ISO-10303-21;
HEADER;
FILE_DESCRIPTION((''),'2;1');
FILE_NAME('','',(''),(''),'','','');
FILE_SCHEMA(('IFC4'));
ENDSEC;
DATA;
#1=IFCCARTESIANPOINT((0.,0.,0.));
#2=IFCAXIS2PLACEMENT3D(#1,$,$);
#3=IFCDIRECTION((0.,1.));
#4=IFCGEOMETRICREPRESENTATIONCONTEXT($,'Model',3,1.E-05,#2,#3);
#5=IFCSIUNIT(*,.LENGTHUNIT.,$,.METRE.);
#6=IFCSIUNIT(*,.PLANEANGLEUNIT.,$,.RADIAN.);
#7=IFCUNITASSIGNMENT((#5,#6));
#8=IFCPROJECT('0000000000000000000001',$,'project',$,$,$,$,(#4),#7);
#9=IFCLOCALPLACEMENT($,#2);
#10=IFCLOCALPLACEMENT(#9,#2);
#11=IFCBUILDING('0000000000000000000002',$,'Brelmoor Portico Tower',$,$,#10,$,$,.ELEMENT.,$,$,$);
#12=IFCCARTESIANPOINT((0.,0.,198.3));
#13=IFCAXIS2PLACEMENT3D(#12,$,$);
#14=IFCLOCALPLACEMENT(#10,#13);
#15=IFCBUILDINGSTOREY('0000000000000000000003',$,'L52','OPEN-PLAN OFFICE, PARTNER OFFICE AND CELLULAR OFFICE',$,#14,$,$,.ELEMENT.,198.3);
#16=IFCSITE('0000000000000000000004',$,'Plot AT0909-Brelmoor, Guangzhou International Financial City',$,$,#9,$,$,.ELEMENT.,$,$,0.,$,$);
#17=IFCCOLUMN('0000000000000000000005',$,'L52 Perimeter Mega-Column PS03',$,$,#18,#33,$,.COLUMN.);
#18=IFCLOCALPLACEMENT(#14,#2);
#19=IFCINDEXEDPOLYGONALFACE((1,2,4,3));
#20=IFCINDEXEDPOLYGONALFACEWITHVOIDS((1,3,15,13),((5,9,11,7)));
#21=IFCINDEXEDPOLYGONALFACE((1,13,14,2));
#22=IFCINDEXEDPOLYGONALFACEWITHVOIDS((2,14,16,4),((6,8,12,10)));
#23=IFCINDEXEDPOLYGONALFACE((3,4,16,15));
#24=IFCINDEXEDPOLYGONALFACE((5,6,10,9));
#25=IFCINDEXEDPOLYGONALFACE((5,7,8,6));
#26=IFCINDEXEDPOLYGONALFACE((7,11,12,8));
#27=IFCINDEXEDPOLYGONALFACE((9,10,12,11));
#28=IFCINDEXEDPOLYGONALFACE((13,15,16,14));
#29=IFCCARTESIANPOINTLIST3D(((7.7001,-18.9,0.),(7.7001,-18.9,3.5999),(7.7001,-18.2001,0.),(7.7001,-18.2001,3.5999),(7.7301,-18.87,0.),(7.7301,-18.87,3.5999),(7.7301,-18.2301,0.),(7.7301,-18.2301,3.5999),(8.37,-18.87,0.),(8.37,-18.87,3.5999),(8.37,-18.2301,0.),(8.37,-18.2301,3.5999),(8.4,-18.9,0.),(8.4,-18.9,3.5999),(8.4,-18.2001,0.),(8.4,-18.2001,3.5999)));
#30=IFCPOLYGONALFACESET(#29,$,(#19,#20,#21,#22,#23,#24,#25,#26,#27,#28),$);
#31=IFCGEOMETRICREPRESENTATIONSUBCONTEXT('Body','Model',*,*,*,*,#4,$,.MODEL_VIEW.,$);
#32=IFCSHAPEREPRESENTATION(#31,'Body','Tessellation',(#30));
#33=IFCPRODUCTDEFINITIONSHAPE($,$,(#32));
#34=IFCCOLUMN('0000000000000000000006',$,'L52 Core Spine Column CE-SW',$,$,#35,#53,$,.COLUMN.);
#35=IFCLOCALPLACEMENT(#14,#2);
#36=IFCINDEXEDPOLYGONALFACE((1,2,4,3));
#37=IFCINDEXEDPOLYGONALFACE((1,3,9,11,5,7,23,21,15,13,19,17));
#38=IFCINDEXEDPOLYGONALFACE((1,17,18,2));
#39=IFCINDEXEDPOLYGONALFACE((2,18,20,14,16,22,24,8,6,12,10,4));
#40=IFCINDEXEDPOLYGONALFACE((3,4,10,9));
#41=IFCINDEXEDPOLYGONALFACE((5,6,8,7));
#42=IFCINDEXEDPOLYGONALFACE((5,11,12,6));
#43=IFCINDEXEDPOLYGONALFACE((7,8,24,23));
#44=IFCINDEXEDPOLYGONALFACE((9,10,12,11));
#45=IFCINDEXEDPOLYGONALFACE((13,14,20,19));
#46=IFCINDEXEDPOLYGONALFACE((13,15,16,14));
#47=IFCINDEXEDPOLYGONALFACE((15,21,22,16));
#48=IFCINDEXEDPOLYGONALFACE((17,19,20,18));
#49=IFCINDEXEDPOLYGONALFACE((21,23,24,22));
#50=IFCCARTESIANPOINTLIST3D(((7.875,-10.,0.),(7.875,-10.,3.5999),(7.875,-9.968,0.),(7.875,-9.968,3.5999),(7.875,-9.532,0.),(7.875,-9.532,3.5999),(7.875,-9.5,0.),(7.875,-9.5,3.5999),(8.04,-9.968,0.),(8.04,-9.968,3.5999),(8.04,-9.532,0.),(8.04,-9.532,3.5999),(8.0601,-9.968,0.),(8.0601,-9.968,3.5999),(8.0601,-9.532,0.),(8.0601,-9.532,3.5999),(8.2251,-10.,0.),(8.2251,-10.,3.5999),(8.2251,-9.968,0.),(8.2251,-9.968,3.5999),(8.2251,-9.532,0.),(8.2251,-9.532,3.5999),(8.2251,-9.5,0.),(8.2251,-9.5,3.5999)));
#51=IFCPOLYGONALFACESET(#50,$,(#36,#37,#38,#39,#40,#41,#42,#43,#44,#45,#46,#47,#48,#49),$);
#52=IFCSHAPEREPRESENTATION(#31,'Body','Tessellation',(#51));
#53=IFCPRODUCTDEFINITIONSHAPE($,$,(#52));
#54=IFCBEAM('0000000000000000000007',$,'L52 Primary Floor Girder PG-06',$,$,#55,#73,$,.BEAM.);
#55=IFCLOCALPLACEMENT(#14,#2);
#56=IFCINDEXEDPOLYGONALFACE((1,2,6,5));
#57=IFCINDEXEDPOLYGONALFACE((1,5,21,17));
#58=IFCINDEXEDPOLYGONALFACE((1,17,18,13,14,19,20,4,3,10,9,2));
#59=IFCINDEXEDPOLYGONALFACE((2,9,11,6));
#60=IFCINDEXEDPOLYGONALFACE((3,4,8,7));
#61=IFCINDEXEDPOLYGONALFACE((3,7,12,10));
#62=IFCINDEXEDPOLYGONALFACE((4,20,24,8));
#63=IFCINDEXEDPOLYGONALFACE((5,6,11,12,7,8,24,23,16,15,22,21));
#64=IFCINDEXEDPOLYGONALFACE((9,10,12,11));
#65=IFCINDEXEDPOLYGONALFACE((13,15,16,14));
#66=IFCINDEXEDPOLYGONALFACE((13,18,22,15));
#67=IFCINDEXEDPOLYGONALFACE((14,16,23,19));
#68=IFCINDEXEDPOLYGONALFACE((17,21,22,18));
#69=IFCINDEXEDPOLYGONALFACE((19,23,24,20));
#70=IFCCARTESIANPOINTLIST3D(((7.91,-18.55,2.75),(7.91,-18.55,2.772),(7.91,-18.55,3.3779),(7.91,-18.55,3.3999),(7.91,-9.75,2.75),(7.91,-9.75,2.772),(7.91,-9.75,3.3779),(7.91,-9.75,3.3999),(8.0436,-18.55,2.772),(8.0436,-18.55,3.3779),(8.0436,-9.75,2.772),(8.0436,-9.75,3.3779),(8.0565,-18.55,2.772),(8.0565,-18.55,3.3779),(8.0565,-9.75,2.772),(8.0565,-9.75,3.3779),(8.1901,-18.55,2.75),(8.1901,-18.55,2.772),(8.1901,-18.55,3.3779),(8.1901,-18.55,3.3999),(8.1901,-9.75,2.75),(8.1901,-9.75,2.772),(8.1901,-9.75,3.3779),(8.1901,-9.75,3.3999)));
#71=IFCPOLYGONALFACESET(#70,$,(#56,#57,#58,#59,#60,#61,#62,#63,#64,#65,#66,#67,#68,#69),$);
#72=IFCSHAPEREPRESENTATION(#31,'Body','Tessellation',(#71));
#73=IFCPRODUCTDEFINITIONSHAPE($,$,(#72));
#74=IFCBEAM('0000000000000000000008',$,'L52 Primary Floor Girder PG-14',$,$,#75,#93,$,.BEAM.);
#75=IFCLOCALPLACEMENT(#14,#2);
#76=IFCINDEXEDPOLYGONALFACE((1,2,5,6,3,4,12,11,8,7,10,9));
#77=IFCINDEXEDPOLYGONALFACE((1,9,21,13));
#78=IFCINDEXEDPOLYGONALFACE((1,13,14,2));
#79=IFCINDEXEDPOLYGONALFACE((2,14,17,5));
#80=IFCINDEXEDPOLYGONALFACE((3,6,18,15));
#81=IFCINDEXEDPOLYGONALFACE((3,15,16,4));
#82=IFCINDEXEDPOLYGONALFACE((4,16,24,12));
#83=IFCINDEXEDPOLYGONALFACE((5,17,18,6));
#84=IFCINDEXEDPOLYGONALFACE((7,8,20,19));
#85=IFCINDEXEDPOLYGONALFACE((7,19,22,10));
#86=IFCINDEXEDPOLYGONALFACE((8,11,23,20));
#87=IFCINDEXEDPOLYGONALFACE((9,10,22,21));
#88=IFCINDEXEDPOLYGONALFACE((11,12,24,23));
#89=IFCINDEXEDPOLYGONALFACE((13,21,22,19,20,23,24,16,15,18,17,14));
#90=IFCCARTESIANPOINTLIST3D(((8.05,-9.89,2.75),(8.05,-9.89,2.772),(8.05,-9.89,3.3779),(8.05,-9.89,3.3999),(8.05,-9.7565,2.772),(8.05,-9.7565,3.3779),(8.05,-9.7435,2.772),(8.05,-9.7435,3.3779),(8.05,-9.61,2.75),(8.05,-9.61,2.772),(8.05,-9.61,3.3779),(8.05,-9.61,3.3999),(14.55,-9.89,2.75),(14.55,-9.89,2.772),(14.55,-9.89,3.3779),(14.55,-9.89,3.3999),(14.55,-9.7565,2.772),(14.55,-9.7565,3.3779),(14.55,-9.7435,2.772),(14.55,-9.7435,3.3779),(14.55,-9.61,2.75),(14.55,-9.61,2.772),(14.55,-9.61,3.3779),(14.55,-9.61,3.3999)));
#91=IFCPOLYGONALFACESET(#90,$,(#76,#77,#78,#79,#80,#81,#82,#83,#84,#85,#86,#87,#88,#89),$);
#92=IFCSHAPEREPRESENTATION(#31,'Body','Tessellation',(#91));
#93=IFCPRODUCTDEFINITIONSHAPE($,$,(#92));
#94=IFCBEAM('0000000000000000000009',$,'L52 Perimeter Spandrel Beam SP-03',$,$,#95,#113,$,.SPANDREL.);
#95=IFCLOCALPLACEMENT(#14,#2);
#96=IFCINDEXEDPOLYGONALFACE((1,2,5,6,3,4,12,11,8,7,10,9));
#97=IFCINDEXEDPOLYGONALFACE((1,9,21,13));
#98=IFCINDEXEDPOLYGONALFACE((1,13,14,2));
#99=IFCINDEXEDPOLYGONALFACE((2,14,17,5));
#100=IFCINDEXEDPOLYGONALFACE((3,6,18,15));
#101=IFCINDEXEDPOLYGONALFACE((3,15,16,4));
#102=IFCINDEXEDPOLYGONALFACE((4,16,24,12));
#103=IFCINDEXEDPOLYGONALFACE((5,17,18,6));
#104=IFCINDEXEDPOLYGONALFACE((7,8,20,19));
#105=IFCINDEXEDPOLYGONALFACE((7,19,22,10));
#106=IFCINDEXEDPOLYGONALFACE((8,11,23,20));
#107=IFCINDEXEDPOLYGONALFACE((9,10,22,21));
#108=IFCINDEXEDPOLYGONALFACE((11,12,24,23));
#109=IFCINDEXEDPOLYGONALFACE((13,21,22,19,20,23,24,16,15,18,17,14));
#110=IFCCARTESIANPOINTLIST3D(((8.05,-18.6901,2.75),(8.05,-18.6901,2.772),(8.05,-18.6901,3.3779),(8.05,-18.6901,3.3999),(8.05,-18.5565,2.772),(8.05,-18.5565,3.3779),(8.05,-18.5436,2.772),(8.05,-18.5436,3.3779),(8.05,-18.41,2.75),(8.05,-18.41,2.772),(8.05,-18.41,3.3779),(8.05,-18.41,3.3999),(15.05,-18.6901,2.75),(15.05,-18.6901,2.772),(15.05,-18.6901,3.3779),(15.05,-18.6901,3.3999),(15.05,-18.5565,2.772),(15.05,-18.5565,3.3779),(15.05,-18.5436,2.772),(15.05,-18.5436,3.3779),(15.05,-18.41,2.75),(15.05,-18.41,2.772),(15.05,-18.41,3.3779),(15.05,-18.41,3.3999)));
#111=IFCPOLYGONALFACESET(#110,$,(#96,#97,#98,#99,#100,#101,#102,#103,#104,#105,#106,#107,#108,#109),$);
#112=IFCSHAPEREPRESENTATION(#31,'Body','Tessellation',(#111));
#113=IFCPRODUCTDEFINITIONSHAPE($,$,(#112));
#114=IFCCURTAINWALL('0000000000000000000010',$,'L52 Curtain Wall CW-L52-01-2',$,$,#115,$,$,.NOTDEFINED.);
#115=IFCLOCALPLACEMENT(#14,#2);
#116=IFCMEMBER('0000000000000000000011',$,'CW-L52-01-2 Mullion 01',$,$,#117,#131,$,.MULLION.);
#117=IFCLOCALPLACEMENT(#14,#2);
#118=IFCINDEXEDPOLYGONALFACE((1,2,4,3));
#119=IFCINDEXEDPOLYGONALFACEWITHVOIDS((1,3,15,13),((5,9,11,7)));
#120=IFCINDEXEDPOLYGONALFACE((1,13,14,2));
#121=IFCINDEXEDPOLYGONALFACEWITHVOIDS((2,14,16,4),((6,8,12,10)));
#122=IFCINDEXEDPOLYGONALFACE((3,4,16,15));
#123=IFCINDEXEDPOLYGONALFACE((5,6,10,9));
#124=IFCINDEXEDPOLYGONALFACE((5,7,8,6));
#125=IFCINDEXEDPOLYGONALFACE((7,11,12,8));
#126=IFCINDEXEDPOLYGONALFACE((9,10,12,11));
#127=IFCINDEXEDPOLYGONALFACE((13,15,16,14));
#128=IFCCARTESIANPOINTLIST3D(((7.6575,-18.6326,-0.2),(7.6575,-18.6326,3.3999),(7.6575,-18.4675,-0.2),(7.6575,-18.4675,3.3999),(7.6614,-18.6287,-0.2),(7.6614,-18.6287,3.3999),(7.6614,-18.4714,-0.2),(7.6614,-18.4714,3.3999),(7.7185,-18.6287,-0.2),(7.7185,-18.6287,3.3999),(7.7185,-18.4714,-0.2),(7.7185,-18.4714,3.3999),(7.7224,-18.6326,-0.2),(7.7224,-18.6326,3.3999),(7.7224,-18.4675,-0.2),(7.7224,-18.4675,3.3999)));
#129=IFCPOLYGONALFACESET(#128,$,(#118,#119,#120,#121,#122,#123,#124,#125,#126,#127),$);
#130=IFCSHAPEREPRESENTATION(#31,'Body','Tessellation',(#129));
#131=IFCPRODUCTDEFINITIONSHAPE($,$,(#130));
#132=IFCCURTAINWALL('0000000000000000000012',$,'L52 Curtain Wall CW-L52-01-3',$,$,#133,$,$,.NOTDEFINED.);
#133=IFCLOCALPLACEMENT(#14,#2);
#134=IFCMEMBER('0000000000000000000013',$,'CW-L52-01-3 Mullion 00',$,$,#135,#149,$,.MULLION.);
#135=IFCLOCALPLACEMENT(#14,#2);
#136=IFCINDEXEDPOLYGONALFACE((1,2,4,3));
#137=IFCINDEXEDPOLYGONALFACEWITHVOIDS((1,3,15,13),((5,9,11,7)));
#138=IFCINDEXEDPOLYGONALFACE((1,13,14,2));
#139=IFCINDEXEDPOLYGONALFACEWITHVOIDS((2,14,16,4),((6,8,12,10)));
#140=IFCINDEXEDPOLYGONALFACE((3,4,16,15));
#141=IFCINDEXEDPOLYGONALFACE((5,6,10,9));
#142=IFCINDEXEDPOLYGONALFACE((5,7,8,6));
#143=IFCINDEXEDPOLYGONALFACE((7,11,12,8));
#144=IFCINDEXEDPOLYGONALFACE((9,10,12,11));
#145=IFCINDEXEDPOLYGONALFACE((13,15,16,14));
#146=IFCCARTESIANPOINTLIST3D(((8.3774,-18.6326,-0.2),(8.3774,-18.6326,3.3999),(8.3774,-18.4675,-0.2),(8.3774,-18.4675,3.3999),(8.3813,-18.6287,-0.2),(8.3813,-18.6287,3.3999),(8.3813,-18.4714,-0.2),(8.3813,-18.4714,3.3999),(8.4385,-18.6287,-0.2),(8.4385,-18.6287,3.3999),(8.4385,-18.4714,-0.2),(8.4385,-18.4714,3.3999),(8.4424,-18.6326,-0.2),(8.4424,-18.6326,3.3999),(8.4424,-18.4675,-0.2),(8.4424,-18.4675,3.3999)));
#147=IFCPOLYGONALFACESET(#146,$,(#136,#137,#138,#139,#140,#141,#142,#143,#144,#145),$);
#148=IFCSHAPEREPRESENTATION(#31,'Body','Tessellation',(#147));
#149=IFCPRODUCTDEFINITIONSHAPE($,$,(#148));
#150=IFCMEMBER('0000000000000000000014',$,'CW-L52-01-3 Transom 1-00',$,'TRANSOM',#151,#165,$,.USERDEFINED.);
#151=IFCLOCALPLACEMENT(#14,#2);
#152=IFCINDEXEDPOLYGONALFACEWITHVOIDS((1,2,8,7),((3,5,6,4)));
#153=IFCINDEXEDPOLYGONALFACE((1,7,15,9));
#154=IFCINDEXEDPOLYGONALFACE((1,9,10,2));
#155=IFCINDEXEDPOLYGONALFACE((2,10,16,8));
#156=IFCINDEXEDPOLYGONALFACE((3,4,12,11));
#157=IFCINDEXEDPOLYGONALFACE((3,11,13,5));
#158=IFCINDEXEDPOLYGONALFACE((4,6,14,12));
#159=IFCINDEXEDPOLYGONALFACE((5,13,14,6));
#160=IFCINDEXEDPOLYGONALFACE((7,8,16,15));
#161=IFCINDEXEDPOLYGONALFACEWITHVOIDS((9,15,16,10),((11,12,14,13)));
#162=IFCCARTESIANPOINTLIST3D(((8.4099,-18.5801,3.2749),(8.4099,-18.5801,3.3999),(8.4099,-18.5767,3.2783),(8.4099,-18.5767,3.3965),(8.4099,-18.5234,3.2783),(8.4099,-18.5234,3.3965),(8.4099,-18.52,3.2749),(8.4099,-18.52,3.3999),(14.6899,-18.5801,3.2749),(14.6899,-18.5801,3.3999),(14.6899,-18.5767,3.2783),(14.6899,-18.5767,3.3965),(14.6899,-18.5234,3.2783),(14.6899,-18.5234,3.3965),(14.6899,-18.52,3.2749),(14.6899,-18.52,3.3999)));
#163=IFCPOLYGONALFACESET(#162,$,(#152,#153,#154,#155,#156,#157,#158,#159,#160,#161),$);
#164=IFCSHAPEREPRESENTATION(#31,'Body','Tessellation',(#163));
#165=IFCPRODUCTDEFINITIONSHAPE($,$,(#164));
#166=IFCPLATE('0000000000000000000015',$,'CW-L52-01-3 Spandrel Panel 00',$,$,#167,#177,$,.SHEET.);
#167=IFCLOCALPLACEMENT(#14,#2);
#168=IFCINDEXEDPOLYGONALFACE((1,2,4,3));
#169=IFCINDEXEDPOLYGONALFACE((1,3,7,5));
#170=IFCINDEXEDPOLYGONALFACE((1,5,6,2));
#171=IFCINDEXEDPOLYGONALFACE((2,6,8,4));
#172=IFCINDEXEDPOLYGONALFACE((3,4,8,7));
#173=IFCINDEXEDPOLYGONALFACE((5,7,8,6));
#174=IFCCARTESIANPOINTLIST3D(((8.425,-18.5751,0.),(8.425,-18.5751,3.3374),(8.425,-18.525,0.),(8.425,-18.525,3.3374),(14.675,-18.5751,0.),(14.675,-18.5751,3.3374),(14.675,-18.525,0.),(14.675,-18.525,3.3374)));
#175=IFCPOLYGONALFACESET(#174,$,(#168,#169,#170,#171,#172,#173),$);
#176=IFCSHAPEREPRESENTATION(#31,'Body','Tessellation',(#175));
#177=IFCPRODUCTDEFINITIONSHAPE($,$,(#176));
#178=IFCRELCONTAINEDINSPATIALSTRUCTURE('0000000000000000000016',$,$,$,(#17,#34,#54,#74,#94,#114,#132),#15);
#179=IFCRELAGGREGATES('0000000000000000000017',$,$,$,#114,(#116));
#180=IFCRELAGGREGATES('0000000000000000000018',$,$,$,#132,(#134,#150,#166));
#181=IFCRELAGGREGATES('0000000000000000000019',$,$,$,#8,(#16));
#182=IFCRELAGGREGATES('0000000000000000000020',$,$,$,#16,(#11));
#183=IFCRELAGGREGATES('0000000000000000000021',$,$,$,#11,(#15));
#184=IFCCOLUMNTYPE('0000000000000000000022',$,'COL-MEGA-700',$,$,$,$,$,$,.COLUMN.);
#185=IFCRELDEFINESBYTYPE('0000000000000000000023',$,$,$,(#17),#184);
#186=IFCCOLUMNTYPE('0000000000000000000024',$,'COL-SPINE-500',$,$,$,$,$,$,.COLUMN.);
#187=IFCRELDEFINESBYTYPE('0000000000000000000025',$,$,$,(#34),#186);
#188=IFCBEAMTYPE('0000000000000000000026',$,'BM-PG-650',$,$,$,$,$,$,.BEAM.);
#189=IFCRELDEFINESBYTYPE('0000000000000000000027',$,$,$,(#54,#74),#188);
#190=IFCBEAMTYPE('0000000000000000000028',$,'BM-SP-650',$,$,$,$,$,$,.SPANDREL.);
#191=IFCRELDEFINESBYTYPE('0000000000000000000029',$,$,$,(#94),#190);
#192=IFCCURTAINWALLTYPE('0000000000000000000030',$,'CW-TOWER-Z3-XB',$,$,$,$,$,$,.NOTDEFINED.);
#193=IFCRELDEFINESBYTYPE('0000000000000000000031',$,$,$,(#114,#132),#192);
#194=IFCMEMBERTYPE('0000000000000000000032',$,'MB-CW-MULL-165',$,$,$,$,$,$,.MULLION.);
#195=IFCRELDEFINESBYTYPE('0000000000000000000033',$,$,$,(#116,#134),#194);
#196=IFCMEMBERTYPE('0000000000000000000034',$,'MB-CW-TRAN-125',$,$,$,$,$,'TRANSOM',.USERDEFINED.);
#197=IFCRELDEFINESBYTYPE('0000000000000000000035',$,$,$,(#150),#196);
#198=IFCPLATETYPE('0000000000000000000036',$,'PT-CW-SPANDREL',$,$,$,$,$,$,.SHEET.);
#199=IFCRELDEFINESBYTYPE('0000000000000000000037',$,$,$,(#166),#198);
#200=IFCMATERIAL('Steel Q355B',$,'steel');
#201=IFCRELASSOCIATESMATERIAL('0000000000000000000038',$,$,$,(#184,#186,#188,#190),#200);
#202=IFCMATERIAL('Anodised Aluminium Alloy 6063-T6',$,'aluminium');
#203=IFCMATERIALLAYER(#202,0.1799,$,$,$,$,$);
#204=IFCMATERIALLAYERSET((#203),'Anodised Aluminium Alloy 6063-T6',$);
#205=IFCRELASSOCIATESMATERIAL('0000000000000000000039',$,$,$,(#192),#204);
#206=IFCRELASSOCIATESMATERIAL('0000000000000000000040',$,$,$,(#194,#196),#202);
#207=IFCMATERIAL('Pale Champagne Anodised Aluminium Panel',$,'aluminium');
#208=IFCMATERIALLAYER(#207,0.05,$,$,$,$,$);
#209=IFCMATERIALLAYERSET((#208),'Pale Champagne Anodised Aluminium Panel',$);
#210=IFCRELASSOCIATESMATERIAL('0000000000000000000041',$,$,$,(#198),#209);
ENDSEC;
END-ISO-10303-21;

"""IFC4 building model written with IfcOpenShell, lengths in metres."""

from ifc_helpers import new_model, si_unit, direction, frame, origin, origin_2d, place, context, subcontext, project, spatial, rectangle, hollow_rectangle, i_section, extrude, material, layer, layer_set, material_profile, profile_set, type_object, element, aggregate, save


model = new_model("IFC4")

# Units and contexts
model_context = context("Model", 3, precision=1e-05, world=origin(), true_north=direction((0.0, 1.0)))
body_context = subcontext(model_context, "Body", "Model", "MODEL_VIEW")
ifc_project = project(units=[si_unit("LENGTHUNIT", "METRE"), si_unit("PLANEANGLEUNIT", "RADIAN")], contexts=[model_context])

# Site, building, storey
site_placement = place(None, origin())
site = spatial("IfcSite", under=ifc_project, at=site_placement, Name="Plot AT0909-Brelmoor, Guangzhou International Financial City", CompositionType="ELEMENT", RefElevation=0.0)
building_placement = place(site_placement, origin())
building = spatial("IfcBuilding", under=site, at=building_placement, Name="Brelmoor Portico Tower", CompositionType="ELEMENT")
storey_placement = place(building_placement, frame((0.0, 0.0, 198.3)))
storey = spatial("IfcBuildingStorey", under=building, at=storey_placement, Name="L52", Description="OPEN-PLAN OFFICE, PARTNER OFFICE AND CELLULAR OFFICE", CompositionType="ELEMENT", Elevation=198.3)

# Columns
ifc_material_1 = material(Name="Steel Q355B", Category="steel")
ifc_material_profile_1 = material_profile(ifc_material_1, hollow_rectangle(XDim=0.7, YDim=0.7, WallThickness=0.03, at=origin_2d()), Name="BOX 700x700x30")
ifc_profile_set_1 = profile_set([ifc_material_profile_1], Name="Steel Q355B")
column_type_1 = type_object("IfcColumnType", Name="COL-MEGA-700", PredefinedType="COLUMN", material=ifc_profile_set_1)
column_1_placement = place(storey_placement, frame((8.05, -18.55, 0.0), z_axis=(0.0, 0.0, 1.0), x_axis=(1.0, 0.0, 0.0)))
element("IfcColumn", 1, at=column_1_placement, inside=storey, type_object=column_type_1, Name="L52 Perimeter Mega-Column PS03", PredefinedType="COLUMN", context=body_context, shape_type="SweptSolid", body=[
    extrude(hollow_rectangle(XDim=0.7, YDim=0.7, WallThickness=0.03, at=origin_2d()), origin(), (0.0, 0.0, 1.0), 3.5999),
])
ifc_material_profile_2 = material_profile(ifc_material_1, i_section(OverallWidth=0.3501, OverallDepth=0.5, WebThickness=0.02, FlangeThickness=0.032, at=origin_2d()), Name="HW 500x350x20x32")
ifc_profile_set_2 = profile_set([ifc_material_profile_2], Name="Steel Q355B")
column_type_2 = type_object("IfcColumnType", Name="COL-SPINE-500", PredefinedType="COLUMN", material=ifc_profile_set_2)
column_2_placement = place(storey_placement, frame((8.05, -9.75, 0.0), z_axis=(0.0, 0.0, 1.0), x_axis=(1.0, 0.0, 0.0)))
element("IfcColumn", 2, at=column_2_placement, inside=storey, type_object=column_type_2, Name="L52 Core Spine Column CE-SW", PredefinedType="COLUMN", context=body_context, shape_type="SweptSolid", body=[
    extrude(i_section(OverallWidth=0.3501, OverallDepth=0.5, WebThickness=0.02, FlangeThickness=0.032, at=origin_2d()), origin(), (0.0, 0.0, 1.0), 3.5999),
])

# Beams
ifc_material_profile_3 = material_profile(ifc_material_1, i_section(OverallWidth=0.28, OverallDepth=0.6499, WebThickness=0.0129, FlangeThickness=0.022, at=origin_2d()), Name="HN 650x280x13x22")
ifc_profile_set_3 = profile_set([ifc_material_profile_3], Name="Steel Q355B")
beam_type_1 = type_object("IfcBeamType", Name="BM-PG-650", PredefinedType="BEAM", material=ifc_profile_set_3)
beam_1_placement = place(storey_placement, frame((8.05, -18.55, 3.075), z_axis=(0.0, 1.0, 0.0), x_axis=(-1.0, 0.0, 0.0)))
element("IfcBeam", 3, at=beam_1_placement, inside=storey, type_object=beam_type_1, Name="L52 Primary Floor Girder PG-06", PredefinedType="BEAM", context=body_context, shape_type="SweptSolid", body=[
    extrude(i_section(OverallWidth=0.28, OverallDepth=0.6499, WebThickness=0.0129, FlangeThickness=0.022, at=origin_2d()), origin(), (0.0, 0.0, 1.0), 8.8),
])
beam_2_placement = place(storey_placement, frame((8.05, -9.75, 3.075), z_axis=(1.0, 0.0, 0.0), x_axis=(0.0, 1.0, 0.0)))
element("IfcBeam", 4, at=beam_2_placement, inside=storey, type_object=beam_type_1, Name="L52 Primary Floor Girder PG-14", PredefinedType="BEAM", context=body_context, shape_type="SweptSolid", body=[
    extrude(i_section(OverallWidth=0.28, OverallDepth=0.6499, WebThickness=0.0129, FlangeThickness=0.022, at=origin_2d()), origin(), (0.0, 0.0, 1.0), 6.5),
])
ifc_material_profile_4 = material_profile(ifc_material_1, i_section(OverallWidth=0.28, OverallDepth=0.6499, WebThickness=0.0129, FlangeThickness=0.022, at=origin_2d()), Name="HN 650x280x13x22")
ifc_profile_set_4 = profile_set([ifc_material_profile_4], Name="Steel Q355B")
beam_type_2 = type_object("IfcBeamType", Name="BM-SP-650", PredefinedType="SPANDREL", material=ifc_profile_set_4)
beam_3_placement = place(storey_placement, frame((8.05, -18.55, 3.075), z_axis=(1.0, 0.0, 0.0), x_axis=(0.0, 1.0, 0.0)))
element("IfcBeam", 5, at=beam_3_placement, inside=storey, type_object=beam_type_2, Name="L52 Perimeter Spandrel Beam SP-03", PredefinedType="SPANDREL", context=body_context, shape_type="SweptSolid", body=[
    extrude(i_section(OverallWidth=0.28, OverallDepth=0.6499, WebThickness=0.0129, FlangeThickness=0.022, at=origin_2d()), origin(), (0.0, 0.0, 1.0), 7.0),
])

# Curtain wall, member
ifc_material_2 = material(Name="Anodised Aluminium Alloy 6063-T6", Category="aluminium")
ifc_layer_1 = layer(ifc_material_2, 0.1799)
ifc_layer_set_1 = layer_set([ifc_layer_1], Name="Anodised Aluminium Alloy 6063-T6")
curtain_wall_type = type_object("IfcCurtainWallType", Name="CW-TOWER-Z3-XB", PredefinedType="NOTDEFINED", material=ifc_layer_set_1)
curtain_wall_1_placement = place(storey_placement, origin())
curtain_wall_1 = element("IfcCurtainWall", 6, at=curtain_wall_1_placement, inside=storey, type_object=curtain_wall_type, Name="L52 Curtain Wall CW-L52-01-2", PredefinedType="NOTDEFINED")
ifc_material_profile_5 = material_profile(ifc_material_2, hollow_rectangle(XDim=0.0649, YDim=0.165, WallThickness=0.0039, at=origin_2d()), Name="ALU MULLION 65x165")
ifc_profile_set_5 = profile_set([ifc_material_profile_5], Name="Anodised Aluminium Alloy 6063-T6")
member_type_1 = type_object("IfcMemberType", Name="MB-CW-MULL-165", PredefinedType="MULLION", material=ifc_profile_set_5)
member_1_placement = place(storey_placement, frame((7.6899, -18.55, -0.2), z_axis=(0.0, 0.0, 1.0), x_axis=(1.0, 0.0, 0.0)))
member_1 = element("IfcMember", 7, at=member_1_placement, type_object=member_type_1, Name="CW-L52-01-2 Mullion 01", PredefinedType="MULLION", context=body_context, shape_type="SweptSolid", body=[
    extrude(hollow_rectangle(XDim=0.0649, YDim=0.165, WallThickness=0.0039, at=origin_2d()), origin(), (0.0, 0.0, 1.0), 3.5999),
])
aggregate(curtain_wall_1, [member_1])

# Curtain wall, members, plate
curtain_wall_2_placement = place(storey_placement, origin())
curtain_wall_2 = element("IfcCurtainWall", 8, at=curtain_wall_2_placement, inside=storey, type_object=curtain_wall_type, Name="L52 Curtain Wall CW-L52-01-3", PredefinedType="NOTDEFINED")
member_2_placement = place(storey_placement, frame((8.4099, -18.55, -0.2), z_axis=(0.0, 0.0, 1.0), x_axis=(1.0, 0.0, 0.0)))
member_2 = element("IfcMember", 9, at=member_2_placement, type_object=member_type_1, Name="CW-L52-01-3 Mullion 00", PredefinedType="MULLION", context=body_context, shape_type="SweptSolid", body=[
    extrude(hollow_rectangle(XDim=0.0649, YDim=0.165, WallThickness=0.0039, at=origin_2d()), origin(), (0.0, 0.0, 1.0), 3.5999),
])
ifc_material_profile_6 = material_profile(ifc_material_2, hollow_rectangle(XDim=0.0601, YDim=0.125, WallThickness=0.0034, at=origin_2d()), Name="ALU TRANSOM 60x125")
ifc_profile_set_6 = profile_set([ifc_material_profile_6], Name="Anodised Aluminium Alloy 6063-T6")
member_type_2 = type_object("IfcMemberType", Name="MB-CW-TRAN-125", ElementType="TRANSOM", PredefinedType="USERDEFINED", material=ifc_profile_set_6)
member_3_placement = place(storey_placement, frame((8.4099, -18.55, 3.3374), z_axis=(1.0, 0.0, 0.0), x_axis=(0.0, 1.0, 0.0)))
member_3 = element("IfcMember", 10, at=member_3_placement, type_object=member_type_2, Name="CW-L52-01-3 Transom 1-00", ObjectType="TRANSOM", PredefinedType="USERDEFINED", context=body_context, shape_type="SweptSolid", body=[
    extrude(hollow_rectangle(XDim=0.0601, YDim=0.125, WallThickness=0.0034, at=origin_2d()), origin(), (0.0, 0.0, 1.0), 6.28),
])
ifc_material_3 = material(Name="Pale Champagne Anodised Aluminium Panel", Category="aluminium")
ifc_layer_2 = layer(ifc_material_3, 0.05)
ifc_layer_set_2 = layer_set([ifc_layer_2], Name="Pale Champagne Anodised Aluminium Panel")
plate_type_1 = type_object("IfcPlateType", Name="PT-CW-SPANDREL", PredefinedType="SHEET", material=ifc_layer_set_2)
plate_1_placement = place(storey_placement, frame((11.55, -18.55, 0.0), z_axis=(0.0, 0.0, 1.0), x_axis=(1.0, 0.0, 0.0)))
plate_1 = element("IfcPlate", 11, at=plate_1_placement, type_object=plate_type_1, Name="CW-L52-01-3 Spandrel Panel 00", PredefinedType="SHEET", context=body_context, shape_type="SweptSolid", body=[
    extrude(rectangle(XDim=6.25, YDim=0.05, at=origin_2d()), origin(), (0.0, 0.0, 1.0), 3.3374),
])
aggregate(curtain_wall_2, [member_2, member_3, plate_1])

save(model, "model.ifc")
